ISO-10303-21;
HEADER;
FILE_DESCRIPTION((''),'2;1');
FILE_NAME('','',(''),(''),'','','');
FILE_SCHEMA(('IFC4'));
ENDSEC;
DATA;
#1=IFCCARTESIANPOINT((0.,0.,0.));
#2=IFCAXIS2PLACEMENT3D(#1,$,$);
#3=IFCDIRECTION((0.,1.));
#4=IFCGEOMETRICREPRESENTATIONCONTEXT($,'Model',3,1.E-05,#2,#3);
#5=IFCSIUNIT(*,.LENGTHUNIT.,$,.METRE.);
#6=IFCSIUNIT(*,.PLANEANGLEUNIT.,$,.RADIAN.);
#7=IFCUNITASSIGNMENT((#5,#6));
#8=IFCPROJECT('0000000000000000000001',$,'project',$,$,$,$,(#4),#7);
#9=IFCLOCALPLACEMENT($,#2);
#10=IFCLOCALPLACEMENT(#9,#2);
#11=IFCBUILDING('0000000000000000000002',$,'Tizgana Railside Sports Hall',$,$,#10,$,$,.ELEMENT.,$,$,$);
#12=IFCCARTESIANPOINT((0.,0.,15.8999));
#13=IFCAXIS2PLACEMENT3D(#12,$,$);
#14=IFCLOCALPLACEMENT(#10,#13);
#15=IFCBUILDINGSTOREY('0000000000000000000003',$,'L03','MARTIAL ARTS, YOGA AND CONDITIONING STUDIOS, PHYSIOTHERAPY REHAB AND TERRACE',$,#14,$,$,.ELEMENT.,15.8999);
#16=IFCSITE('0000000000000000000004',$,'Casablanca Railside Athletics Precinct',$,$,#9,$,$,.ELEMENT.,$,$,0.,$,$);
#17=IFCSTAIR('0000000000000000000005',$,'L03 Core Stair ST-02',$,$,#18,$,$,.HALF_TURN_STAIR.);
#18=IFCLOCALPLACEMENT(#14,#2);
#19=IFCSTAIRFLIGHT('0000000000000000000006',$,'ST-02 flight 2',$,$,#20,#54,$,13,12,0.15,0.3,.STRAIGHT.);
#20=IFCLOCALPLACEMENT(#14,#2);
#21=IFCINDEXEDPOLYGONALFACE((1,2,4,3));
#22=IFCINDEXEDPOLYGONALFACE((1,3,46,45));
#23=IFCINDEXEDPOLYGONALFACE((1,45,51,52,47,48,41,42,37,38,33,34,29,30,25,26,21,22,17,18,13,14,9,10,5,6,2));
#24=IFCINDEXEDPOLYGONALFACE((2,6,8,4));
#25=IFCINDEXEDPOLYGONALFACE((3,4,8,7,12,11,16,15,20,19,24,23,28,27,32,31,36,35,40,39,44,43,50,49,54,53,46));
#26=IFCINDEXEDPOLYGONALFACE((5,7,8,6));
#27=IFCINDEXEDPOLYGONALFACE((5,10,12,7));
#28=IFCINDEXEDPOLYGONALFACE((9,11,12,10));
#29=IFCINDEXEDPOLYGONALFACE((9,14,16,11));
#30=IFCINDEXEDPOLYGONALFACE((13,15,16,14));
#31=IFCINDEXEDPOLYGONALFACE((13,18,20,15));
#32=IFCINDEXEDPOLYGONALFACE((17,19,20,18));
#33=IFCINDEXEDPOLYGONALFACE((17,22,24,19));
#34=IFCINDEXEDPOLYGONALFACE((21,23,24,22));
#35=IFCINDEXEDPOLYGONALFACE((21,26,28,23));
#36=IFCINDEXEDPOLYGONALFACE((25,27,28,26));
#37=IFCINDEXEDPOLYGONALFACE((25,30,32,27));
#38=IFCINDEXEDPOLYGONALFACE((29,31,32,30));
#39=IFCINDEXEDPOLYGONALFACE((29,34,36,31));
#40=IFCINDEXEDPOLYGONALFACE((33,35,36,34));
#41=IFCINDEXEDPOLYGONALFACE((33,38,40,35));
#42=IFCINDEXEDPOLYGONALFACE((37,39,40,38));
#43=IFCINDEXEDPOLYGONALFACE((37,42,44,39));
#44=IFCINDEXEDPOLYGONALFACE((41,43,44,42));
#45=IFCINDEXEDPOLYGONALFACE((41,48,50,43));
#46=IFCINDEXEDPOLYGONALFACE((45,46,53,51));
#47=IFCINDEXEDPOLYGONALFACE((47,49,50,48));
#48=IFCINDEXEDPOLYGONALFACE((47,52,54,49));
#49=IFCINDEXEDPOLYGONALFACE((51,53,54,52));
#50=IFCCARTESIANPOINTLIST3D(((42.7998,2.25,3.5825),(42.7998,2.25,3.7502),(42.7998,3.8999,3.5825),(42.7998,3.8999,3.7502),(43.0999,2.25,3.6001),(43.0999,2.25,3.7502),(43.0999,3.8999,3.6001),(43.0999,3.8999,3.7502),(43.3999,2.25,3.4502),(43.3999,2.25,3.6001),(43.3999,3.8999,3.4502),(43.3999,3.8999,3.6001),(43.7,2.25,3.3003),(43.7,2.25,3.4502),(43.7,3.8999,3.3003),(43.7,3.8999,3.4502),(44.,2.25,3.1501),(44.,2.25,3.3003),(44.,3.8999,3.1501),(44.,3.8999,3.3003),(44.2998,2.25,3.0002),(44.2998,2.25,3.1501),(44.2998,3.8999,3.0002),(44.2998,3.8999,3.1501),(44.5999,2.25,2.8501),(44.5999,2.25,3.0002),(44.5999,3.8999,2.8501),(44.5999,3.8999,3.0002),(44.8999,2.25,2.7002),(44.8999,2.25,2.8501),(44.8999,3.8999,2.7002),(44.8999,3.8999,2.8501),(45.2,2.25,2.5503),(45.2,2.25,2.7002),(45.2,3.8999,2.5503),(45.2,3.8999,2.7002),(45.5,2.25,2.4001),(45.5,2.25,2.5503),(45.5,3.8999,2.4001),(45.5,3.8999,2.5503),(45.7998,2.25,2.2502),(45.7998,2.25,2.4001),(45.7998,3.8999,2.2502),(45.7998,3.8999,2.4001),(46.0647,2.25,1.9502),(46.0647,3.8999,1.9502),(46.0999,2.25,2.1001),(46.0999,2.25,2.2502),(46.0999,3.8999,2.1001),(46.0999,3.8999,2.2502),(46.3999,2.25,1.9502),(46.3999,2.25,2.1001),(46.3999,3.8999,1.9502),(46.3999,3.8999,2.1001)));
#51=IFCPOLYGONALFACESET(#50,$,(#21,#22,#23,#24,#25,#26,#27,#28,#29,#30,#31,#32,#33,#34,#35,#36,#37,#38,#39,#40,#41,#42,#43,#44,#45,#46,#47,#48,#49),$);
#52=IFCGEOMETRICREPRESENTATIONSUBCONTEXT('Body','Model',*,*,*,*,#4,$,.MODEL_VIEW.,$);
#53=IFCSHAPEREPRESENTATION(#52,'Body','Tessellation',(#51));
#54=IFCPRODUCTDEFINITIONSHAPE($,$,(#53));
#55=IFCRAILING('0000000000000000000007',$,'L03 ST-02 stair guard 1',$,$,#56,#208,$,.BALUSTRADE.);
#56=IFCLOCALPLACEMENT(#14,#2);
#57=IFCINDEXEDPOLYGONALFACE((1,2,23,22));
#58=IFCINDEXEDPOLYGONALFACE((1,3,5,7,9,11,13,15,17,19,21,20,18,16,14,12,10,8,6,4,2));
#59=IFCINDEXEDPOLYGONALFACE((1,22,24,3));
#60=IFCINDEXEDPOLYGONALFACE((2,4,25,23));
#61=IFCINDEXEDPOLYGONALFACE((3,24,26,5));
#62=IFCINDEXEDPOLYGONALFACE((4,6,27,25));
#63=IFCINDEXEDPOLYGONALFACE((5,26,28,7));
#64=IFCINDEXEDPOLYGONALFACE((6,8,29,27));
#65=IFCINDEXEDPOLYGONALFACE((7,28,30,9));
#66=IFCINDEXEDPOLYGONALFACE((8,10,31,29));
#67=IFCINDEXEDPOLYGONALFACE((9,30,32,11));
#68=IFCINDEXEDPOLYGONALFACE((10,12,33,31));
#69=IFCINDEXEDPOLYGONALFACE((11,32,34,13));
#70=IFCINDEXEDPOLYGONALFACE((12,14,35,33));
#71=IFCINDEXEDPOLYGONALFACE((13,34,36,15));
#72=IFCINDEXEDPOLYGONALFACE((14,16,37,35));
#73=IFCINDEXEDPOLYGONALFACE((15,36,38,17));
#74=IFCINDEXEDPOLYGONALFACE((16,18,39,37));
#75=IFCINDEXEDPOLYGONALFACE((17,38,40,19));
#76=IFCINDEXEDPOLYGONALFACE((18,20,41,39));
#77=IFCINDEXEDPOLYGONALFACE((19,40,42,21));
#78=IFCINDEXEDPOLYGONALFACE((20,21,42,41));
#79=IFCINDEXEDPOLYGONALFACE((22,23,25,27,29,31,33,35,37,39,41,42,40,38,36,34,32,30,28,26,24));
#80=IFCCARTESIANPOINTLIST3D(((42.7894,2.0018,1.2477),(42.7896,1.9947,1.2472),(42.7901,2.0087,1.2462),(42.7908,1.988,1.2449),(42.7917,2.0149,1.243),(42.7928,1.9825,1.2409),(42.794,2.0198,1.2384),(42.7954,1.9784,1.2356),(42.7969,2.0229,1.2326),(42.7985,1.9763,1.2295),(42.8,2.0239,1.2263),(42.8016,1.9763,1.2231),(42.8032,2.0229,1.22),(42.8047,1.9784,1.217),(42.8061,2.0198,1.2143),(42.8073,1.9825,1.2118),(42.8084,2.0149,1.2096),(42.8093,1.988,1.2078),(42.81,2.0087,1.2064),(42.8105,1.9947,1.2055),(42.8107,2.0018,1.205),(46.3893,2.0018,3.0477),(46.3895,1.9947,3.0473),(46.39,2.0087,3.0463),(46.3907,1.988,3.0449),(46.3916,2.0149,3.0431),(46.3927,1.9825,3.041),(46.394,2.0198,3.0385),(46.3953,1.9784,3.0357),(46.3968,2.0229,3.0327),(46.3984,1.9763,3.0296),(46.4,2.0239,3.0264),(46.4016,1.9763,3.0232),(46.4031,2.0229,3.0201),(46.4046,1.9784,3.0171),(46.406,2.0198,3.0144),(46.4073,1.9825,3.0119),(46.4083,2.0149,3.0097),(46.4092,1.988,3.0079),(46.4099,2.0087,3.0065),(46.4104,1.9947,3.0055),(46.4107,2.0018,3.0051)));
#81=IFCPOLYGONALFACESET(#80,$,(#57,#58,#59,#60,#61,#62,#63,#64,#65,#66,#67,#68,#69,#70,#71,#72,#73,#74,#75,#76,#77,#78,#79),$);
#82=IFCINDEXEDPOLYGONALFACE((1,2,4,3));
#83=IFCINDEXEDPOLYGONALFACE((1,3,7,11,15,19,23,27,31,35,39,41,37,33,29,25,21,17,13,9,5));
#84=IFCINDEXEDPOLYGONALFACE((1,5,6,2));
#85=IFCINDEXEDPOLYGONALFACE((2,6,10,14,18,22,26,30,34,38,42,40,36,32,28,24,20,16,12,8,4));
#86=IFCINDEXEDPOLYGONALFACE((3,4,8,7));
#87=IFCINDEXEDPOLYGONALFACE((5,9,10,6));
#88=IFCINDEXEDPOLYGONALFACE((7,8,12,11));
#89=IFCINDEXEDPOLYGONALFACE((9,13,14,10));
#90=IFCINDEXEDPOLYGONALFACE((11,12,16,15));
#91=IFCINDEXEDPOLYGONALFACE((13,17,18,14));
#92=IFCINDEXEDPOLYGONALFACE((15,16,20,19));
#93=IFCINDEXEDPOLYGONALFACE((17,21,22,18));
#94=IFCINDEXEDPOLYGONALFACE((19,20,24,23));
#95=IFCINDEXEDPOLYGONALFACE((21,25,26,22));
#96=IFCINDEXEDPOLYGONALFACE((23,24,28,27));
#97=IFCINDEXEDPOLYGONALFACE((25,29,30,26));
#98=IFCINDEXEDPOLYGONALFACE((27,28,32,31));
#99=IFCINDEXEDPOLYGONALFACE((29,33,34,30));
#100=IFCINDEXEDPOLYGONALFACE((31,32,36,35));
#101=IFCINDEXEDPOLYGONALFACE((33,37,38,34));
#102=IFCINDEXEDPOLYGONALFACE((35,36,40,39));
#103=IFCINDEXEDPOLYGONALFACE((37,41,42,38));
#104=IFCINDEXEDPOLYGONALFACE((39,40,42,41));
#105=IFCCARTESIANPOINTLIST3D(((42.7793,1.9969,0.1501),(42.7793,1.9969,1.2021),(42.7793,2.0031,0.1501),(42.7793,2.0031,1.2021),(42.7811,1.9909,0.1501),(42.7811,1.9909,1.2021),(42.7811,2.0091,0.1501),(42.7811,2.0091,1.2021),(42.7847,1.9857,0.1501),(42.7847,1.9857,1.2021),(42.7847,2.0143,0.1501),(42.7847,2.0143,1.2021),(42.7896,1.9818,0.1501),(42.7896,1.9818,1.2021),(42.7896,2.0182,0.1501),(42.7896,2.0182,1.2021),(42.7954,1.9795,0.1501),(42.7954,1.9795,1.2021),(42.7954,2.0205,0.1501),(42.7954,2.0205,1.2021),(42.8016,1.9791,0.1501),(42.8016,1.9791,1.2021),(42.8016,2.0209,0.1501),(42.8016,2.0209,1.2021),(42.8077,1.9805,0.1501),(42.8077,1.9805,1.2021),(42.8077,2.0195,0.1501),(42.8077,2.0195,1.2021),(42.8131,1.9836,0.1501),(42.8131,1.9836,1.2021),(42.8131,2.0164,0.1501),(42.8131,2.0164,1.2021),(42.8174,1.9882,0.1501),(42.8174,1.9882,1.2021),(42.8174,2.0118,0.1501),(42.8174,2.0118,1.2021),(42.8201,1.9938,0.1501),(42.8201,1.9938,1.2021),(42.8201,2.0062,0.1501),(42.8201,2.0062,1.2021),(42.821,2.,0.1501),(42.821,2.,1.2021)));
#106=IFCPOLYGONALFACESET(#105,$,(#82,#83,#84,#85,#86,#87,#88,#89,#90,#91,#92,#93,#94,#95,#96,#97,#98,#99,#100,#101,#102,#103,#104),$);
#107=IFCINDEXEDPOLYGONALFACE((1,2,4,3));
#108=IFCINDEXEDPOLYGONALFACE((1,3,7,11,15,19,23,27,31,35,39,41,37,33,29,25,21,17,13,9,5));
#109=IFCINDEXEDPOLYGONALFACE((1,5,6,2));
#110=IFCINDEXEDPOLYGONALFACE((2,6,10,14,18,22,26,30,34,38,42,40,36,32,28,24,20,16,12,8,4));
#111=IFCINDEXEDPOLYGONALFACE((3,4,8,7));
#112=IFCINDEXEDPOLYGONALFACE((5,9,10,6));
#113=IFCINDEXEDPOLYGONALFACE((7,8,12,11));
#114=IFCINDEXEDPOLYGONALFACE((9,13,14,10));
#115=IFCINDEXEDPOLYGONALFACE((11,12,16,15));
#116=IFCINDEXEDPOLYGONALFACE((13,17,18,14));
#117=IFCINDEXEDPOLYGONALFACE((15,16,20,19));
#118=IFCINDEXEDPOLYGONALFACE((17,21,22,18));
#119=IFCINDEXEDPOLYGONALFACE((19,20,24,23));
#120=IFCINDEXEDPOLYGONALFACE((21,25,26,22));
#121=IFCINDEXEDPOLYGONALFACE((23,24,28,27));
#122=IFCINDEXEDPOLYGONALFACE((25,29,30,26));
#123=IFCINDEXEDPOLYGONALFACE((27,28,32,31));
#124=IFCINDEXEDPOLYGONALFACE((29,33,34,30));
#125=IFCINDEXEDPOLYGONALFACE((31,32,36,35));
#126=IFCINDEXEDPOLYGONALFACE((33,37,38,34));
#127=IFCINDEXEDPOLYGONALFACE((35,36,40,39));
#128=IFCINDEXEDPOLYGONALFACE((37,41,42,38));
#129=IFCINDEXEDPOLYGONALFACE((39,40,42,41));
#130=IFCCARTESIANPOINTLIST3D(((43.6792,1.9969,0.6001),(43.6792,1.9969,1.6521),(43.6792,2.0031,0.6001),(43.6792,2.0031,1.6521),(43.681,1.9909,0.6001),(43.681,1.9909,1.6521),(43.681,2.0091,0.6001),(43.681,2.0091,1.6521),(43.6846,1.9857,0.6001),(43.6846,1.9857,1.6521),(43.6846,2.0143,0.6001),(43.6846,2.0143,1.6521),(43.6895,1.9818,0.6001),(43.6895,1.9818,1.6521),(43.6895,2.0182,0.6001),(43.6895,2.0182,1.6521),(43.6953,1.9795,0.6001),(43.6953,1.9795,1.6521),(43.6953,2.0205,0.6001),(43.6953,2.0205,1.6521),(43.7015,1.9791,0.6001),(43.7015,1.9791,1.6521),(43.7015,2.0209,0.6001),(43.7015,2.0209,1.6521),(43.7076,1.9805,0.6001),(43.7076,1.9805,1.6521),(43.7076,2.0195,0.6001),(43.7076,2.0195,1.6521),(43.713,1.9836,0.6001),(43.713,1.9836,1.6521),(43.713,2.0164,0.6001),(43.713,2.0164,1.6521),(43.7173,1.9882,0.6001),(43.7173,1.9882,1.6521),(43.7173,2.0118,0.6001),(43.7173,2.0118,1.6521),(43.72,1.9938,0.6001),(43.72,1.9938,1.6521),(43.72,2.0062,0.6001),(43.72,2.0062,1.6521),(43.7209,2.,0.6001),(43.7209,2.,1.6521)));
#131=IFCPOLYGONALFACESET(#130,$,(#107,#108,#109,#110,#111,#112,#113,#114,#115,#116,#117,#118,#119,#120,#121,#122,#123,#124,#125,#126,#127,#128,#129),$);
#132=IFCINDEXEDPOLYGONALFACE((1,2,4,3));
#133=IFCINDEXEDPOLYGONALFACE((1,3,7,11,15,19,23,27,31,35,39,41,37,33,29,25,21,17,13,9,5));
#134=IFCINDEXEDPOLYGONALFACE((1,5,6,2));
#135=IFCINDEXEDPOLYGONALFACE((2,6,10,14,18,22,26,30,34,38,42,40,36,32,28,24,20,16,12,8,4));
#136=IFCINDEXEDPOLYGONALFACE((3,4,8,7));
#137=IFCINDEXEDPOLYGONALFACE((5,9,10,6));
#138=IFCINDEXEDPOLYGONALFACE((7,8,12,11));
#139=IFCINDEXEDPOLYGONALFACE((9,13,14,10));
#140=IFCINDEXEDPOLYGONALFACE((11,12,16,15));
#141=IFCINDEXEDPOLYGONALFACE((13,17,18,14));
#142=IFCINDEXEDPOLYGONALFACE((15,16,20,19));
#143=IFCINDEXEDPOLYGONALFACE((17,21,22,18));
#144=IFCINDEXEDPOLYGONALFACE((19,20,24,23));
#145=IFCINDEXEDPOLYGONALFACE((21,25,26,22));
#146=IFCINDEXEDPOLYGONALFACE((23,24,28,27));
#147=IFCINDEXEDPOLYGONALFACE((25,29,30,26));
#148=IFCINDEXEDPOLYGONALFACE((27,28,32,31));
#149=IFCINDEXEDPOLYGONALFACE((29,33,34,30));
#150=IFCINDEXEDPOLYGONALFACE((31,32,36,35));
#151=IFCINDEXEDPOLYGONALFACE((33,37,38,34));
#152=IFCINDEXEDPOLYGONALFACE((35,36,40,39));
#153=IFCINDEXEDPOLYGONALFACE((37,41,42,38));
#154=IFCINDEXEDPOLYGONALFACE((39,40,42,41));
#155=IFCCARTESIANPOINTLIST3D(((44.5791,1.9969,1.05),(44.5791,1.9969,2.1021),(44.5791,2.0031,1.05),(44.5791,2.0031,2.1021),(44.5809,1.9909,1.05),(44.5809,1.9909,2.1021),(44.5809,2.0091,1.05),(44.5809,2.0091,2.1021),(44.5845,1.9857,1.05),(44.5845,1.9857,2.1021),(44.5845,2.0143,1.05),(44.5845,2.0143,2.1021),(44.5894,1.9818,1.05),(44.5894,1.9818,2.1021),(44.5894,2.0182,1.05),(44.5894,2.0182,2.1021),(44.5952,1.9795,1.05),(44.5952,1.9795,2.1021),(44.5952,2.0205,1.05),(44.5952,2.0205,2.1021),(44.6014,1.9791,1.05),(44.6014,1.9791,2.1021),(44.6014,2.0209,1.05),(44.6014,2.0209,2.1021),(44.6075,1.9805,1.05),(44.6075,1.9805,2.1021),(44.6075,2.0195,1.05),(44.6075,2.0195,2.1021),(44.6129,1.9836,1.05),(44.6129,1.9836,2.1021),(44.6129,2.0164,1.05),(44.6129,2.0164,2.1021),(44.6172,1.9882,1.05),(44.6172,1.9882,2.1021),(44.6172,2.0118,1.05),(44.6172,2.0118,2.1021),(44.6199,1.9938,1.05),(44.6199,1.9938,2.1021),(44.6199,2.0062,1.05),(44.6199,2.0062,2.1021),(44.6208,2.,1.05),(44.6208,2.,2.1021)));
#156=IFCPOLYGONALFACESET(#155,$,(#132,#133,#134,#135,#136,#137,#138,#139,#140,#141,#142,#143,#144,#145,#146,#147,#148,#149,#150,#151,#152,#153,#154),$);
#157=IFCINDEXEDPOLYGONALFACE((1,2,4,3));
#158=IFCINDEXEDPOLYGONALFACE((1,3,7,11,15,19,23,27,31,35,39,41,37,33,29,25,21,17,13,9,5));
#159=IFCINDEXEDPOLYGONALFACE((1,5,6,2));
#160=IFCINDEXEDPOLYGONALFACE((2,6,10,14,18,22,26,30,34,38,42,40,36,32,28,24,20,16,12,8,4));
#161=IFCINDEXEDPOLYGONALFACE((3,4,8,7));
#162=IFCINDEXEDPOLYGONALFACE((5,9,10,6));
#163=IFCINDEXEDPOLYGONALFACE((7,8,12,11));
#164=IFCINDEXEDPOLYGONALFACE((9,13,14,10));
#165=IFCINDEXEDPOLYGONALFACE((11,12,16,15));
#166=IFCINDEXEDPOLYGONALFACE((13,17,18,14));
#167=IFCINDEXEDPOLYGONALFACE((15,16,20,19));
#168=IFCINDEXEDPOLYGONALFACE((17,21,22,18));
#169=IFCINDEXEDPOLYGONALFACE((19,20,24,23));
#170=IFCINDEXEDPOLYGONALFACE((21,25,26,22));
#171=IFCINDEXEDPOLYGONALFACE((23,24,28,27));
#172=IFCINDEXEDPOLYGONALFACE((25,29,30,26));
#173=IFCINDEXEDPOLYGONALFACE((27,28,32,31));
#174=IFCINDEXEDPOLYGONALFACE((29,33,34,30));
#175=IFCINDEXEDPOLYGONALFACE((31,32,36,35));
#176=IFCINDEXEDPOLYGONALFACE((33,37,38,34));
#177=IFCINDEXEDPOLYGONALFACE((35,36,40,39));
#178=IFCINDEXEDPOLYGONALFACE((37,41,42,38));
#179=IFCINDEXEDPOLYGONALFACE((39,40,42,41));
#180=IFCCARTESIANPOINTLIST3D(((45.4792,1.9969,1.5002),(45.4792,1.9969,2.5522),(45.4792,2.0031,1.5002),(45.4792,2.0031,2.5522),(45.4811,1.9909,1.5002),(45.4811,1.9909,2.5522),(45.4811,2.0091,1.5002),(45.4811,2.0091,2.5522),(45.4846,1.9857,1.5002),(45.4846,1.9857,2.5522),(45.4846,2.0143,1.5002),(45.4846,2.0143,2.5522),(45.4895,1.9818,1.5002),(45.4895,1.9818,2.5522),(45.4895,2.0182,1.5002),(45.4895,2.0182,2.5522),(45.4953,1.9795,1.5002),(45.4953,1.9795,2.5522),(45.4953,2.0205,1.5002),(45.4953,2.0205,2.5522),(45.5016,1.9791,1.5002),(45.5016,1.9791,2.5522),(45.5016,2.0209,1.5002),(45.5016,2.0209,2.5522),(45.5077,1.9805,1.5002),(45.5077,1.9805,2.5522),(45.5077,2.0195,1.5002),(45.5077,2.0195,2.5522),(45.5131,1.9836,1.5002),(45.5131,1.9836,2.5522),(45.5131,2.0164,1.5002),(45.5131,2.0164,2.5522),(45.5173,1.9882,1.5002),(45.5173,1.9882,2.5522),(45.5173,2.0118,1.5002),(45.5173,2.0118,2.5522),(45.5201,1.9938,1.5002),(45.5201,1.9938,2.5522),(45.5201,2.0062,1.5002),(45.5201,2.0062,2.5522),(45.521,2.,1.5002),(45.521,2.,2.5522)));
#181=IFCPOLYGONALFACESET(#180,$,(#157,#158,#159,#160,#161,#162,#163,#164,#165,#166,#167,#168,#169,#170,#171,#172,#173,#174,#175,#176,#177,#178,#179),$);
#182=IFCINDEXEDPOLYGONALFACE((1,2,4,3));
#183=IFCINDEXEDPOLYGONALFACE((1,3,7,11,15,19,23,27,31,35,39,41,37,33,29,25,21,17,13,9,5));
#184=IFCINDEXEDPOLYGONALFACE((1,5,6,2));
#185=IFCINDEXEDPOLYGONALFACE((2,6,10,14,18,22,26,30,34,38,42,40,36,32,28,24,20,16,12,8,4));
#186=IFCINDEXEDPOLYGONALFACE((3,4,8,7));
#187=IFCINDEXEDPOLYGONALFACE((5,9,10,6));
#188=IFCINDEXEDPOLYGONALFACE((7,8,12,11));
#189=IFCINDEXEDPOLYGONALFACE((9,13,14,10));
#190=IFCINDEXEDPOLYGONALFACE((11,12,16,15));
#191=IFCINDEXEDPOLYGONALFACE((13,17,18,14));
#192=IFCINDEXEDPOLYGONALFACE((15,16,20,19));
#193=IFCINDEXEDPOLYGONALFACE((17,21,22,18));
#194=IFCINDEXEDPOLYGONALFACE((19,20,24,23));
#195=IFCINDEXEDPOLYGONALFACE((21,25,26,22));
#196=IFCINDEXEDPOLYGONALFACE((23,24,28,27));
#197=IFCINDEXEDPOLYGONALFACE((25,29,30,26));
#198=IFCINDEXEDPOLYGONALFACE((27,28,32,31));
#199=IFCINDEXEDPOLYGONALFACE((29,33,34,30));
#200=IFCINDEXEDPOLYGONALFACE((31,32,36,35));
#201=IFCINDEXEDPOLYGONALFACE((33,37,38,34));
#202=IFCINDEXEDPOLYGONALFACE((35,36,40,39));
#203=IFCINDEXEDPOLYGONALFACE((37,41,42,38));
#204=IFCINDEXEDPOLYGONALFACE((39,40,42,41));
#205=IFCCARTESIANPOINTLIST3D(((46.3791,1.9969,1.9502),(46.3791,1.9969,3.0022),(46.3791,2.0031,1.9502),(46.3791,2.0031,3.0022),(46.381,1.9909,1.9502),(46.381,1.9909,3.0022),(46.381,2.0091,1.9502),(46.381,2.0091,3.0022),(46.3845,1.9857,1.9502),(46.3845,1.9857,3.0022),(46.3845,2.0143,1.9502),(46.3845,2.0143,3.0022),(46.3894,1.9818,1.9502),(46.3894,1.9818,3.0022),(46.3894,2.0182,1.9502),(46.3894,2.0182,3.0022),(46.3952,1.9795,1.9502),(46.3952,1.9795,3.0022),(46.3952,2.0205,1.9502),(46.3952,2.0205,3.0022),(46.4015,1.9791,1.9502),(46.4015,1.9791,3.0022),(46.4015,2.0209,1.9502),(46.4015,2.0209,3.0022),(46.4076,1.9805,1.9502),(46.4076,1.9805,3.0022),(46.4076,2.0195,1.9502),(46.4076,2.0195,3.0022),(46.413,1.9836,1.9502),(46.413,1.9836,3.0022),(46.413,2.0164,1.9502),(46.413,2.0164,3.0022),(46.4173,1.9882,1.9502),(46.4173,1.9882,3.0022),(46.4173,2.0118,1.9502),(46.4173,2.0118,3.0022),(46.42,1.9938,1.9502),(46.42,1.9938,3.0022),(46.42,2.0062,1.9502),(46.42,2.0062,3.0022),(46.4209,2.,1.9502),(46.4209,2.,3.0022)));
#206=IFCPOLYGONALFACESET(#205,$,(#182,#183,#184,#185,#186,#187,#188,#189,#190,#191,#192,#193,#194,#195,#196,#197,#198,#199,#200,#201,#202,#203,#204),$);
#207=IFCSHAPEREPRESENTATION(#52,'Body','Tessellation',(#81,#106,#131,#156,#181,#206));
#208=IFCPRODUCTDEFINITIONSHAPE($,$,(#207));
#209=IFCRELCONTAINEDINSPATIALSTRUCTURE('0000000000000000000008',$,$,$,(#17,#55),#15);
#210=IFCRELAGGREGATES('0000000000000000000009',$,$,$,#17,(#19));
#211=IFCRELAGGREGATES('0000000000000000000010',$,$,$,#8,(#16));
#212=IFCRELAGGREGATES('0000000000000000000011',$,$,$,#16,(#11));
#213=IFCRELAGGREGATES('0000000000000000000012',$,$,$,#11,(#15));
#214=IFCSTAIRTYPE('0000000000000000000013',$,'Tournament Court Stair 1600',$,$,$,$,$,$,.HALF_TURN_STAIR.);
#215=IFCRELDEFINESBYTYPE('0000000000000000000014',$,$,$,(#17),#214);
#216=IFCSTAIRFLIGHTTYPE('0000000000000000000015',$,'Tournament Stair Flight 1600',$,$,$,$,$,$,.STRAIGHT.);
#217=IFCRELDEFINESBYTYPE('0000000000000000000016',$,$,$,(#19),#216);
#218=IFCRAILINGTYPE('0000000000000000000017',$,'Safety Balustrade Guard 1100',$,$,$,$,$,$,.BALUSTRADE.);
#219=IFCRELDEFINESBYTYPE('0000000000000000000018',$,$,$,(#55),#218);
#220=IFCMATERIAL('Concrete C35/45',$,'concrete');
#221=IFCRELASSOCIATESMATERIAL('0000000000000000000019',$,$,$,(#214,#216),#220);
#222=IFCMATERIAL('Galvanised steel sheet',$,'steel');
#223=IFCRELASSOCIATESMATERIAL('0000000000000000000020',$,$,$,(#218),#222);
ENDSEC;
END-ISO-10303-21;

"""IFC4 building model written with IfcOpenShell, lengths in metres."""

from ifc_helpers import new_model, si_unit, direction, frame, origin, origin_2d, place, context, subcontext, project, spatial, polyline, circle, outline, extrude, material, type_object, element, aggregate, save


model = new_model("IFC4")

# Units and contexts
model_context = context("Model", 3, precision=1e-05, world=origin(), true_north=direction((0.0, 1.0)))
body_context = subcontext(model_context, "Body", "Model", "MODEL_VIEW")
ifc_project = project(units=[si_unit("LENGTHUNIT", "METRE"), si_unit("PLANEANGLEUNIT", "RADIAN")], contexts=[model_context])

# Site, building, storey
site_placement = place(None, origin())
site = spatial("IfcSite", under=ifc_project, at=site_placement, Name="Casablanca Railside Athletics Precinct", CompositionType="ELEMENT", RefElevation=0.0)
building_placement = place(site_placement, origin())
building = spatial("IfcBuilding", under=site, at=building_placement, Name="Tizgana Railside Sports Hall", CompositionType="ELEMENT")
storey_placement = place(building_placement, frame((0.0, 0.0, 15.8999)))
storey = spatial("IfcBuildingStorey", under=building, at=storey_placement, Name="L03", Description="MARTIAL ARTS, YOGA AND CONDITIONING STUDIOS, PHYSIOTHERAPY REHAB AND TERRACE", CompositionType="ELEMENT", Elevation=15.8999)

# Shared definitions
ifc_material_1 = material(Name="Concrete C35/45", Category="concrete")

# Stair, stair flight
stair_type = type_object("IfcStairType", Name="Tournament Court Stair 1600", PredefinedType="HALF_TURN_STAIR", material=ifc_material_1)
stair_placement = place(storey_placement, origin())
stair = element("IfcStair", 1, at=stair_placement, inside=storey, type_object=stair_type, Name="L03 Core Stair ST-02", PredefinedType="HALF_TURN_STAIR")
stair_flight_type = type_object("IfcStairFlightType", Name="Tournament Stair Flight 1600", PredefinedType="STRAIGHT", material=ifc_material_1)
stair_flight_1_placement = place(storey_placement, frame((46.3999, 3.075, 1.9502), z_axis=(0.0, 0.0, 1.0), x_axis=(-1.0, 0.0, 0.0)))
stair_flight_1 = element("IfcStairFlight", 2, at=stair_flight_1_placement, type_object=stair_flight_type, Name="ST-02 flight 2", NumberOfRisers=13, NumberOfTreads=12, PredefinedType="STRAIGHT", RiserHeight=0.15, TreadLength=0.3, context=body_context, shape_type="SweptSolid", body=[
    extrude(outline(polyline([(0.0, 0.0), (0.0, 0.1499), (0.3, 0.1499), (0.3, 0.3), (0.6001, 0.3), (0.6001, 0.45), (0.8999, 0.45), (0.8999, 0.6001), (1.2, 0.6001), (1.2, 0.75), (1.5, 0.75), (1.5, 0.8999), (1.8, 0.8999), (1.8, 1.05), (2.1001, 1.05), (2.1001, 1.2), (2.3999, 1.2), (2.3999, 1.3501), (2.7, 1.3501), (2.7, 1.5), (3.0, 1.5), (3.0, 1.6499), (3.3, 1.6499), (3.3, 1.8), (3.6001, 1.8), (3.6001, 1.95), (3.6001, 1.6323), (0.3352, 0.0), (0.0, 0.0)])), frame((0.0, 0.825, 0.0), z_axis=(0.0, -1.0, 0.0), x_axis=(1.0, 0.0, 0.0)), (0.0, 0.0, 1.0), 1.6499),
])
aggregate(stair, [stair_flight_1])

# Railing
ifc_material_2 = material(Name="Galvanised steel sheet", Category="steel")
railing_type_1 = type_object("IfcRailingType", Name="Safety Balustrade Guard 1100", PredefinedType="BALUSTRADE", material=ifc_material_2)
railing_1_placement = place(storey_placement, frame((42.8, 2.0, 0.1501)))
element("IfcRailing", 3, at=railing_1_placement, inside=storey, type_object=railing_type_1, Name="L03 ST-02 stair guard 1", PredefinedType="BALUSTRADE", context=body_context, shape_type="SweptSolid", body=[
    extrude(circle(Radius=0.0239, at=origin_2d()), frame((0.0, 0.0, 1.0762), z_axis=(0.894415, 0.0, 0.447238), x_axis=(0.0, 1.0, 0.0)), (0.0, 0.0, 1.0), 4.0249),
    extrude(circle(Radius=0.021, at=origin_2d()), origin(), (0.0, 0.0, 1.0), 1.052),
    extrude(circle(Radius=0.021, at=origin_2d()), frame((0.8999, 0.0, 0.45)), (0.0, 0.0, 1.0), 1.052),
    extrude(circle(Radius=0.021, at=origin_2d()), frame((1.7998, 0.0, 0.8999)), (0.0, 0.0, 1.0), 1.052),
    extrude(circle(Radius=0.021, at=origin_2d()), frame((2.7, 0.0, 1.3501)), (0.0, 0.0, 1.0), 1.052),
    extrude(circle(Radius=0.021, at=origin_2d()), frame((3.5999, 0.0, 1.8)), (0.0, 0.0, 1.0), 1.052),
])

save(model, "model.ifc")
